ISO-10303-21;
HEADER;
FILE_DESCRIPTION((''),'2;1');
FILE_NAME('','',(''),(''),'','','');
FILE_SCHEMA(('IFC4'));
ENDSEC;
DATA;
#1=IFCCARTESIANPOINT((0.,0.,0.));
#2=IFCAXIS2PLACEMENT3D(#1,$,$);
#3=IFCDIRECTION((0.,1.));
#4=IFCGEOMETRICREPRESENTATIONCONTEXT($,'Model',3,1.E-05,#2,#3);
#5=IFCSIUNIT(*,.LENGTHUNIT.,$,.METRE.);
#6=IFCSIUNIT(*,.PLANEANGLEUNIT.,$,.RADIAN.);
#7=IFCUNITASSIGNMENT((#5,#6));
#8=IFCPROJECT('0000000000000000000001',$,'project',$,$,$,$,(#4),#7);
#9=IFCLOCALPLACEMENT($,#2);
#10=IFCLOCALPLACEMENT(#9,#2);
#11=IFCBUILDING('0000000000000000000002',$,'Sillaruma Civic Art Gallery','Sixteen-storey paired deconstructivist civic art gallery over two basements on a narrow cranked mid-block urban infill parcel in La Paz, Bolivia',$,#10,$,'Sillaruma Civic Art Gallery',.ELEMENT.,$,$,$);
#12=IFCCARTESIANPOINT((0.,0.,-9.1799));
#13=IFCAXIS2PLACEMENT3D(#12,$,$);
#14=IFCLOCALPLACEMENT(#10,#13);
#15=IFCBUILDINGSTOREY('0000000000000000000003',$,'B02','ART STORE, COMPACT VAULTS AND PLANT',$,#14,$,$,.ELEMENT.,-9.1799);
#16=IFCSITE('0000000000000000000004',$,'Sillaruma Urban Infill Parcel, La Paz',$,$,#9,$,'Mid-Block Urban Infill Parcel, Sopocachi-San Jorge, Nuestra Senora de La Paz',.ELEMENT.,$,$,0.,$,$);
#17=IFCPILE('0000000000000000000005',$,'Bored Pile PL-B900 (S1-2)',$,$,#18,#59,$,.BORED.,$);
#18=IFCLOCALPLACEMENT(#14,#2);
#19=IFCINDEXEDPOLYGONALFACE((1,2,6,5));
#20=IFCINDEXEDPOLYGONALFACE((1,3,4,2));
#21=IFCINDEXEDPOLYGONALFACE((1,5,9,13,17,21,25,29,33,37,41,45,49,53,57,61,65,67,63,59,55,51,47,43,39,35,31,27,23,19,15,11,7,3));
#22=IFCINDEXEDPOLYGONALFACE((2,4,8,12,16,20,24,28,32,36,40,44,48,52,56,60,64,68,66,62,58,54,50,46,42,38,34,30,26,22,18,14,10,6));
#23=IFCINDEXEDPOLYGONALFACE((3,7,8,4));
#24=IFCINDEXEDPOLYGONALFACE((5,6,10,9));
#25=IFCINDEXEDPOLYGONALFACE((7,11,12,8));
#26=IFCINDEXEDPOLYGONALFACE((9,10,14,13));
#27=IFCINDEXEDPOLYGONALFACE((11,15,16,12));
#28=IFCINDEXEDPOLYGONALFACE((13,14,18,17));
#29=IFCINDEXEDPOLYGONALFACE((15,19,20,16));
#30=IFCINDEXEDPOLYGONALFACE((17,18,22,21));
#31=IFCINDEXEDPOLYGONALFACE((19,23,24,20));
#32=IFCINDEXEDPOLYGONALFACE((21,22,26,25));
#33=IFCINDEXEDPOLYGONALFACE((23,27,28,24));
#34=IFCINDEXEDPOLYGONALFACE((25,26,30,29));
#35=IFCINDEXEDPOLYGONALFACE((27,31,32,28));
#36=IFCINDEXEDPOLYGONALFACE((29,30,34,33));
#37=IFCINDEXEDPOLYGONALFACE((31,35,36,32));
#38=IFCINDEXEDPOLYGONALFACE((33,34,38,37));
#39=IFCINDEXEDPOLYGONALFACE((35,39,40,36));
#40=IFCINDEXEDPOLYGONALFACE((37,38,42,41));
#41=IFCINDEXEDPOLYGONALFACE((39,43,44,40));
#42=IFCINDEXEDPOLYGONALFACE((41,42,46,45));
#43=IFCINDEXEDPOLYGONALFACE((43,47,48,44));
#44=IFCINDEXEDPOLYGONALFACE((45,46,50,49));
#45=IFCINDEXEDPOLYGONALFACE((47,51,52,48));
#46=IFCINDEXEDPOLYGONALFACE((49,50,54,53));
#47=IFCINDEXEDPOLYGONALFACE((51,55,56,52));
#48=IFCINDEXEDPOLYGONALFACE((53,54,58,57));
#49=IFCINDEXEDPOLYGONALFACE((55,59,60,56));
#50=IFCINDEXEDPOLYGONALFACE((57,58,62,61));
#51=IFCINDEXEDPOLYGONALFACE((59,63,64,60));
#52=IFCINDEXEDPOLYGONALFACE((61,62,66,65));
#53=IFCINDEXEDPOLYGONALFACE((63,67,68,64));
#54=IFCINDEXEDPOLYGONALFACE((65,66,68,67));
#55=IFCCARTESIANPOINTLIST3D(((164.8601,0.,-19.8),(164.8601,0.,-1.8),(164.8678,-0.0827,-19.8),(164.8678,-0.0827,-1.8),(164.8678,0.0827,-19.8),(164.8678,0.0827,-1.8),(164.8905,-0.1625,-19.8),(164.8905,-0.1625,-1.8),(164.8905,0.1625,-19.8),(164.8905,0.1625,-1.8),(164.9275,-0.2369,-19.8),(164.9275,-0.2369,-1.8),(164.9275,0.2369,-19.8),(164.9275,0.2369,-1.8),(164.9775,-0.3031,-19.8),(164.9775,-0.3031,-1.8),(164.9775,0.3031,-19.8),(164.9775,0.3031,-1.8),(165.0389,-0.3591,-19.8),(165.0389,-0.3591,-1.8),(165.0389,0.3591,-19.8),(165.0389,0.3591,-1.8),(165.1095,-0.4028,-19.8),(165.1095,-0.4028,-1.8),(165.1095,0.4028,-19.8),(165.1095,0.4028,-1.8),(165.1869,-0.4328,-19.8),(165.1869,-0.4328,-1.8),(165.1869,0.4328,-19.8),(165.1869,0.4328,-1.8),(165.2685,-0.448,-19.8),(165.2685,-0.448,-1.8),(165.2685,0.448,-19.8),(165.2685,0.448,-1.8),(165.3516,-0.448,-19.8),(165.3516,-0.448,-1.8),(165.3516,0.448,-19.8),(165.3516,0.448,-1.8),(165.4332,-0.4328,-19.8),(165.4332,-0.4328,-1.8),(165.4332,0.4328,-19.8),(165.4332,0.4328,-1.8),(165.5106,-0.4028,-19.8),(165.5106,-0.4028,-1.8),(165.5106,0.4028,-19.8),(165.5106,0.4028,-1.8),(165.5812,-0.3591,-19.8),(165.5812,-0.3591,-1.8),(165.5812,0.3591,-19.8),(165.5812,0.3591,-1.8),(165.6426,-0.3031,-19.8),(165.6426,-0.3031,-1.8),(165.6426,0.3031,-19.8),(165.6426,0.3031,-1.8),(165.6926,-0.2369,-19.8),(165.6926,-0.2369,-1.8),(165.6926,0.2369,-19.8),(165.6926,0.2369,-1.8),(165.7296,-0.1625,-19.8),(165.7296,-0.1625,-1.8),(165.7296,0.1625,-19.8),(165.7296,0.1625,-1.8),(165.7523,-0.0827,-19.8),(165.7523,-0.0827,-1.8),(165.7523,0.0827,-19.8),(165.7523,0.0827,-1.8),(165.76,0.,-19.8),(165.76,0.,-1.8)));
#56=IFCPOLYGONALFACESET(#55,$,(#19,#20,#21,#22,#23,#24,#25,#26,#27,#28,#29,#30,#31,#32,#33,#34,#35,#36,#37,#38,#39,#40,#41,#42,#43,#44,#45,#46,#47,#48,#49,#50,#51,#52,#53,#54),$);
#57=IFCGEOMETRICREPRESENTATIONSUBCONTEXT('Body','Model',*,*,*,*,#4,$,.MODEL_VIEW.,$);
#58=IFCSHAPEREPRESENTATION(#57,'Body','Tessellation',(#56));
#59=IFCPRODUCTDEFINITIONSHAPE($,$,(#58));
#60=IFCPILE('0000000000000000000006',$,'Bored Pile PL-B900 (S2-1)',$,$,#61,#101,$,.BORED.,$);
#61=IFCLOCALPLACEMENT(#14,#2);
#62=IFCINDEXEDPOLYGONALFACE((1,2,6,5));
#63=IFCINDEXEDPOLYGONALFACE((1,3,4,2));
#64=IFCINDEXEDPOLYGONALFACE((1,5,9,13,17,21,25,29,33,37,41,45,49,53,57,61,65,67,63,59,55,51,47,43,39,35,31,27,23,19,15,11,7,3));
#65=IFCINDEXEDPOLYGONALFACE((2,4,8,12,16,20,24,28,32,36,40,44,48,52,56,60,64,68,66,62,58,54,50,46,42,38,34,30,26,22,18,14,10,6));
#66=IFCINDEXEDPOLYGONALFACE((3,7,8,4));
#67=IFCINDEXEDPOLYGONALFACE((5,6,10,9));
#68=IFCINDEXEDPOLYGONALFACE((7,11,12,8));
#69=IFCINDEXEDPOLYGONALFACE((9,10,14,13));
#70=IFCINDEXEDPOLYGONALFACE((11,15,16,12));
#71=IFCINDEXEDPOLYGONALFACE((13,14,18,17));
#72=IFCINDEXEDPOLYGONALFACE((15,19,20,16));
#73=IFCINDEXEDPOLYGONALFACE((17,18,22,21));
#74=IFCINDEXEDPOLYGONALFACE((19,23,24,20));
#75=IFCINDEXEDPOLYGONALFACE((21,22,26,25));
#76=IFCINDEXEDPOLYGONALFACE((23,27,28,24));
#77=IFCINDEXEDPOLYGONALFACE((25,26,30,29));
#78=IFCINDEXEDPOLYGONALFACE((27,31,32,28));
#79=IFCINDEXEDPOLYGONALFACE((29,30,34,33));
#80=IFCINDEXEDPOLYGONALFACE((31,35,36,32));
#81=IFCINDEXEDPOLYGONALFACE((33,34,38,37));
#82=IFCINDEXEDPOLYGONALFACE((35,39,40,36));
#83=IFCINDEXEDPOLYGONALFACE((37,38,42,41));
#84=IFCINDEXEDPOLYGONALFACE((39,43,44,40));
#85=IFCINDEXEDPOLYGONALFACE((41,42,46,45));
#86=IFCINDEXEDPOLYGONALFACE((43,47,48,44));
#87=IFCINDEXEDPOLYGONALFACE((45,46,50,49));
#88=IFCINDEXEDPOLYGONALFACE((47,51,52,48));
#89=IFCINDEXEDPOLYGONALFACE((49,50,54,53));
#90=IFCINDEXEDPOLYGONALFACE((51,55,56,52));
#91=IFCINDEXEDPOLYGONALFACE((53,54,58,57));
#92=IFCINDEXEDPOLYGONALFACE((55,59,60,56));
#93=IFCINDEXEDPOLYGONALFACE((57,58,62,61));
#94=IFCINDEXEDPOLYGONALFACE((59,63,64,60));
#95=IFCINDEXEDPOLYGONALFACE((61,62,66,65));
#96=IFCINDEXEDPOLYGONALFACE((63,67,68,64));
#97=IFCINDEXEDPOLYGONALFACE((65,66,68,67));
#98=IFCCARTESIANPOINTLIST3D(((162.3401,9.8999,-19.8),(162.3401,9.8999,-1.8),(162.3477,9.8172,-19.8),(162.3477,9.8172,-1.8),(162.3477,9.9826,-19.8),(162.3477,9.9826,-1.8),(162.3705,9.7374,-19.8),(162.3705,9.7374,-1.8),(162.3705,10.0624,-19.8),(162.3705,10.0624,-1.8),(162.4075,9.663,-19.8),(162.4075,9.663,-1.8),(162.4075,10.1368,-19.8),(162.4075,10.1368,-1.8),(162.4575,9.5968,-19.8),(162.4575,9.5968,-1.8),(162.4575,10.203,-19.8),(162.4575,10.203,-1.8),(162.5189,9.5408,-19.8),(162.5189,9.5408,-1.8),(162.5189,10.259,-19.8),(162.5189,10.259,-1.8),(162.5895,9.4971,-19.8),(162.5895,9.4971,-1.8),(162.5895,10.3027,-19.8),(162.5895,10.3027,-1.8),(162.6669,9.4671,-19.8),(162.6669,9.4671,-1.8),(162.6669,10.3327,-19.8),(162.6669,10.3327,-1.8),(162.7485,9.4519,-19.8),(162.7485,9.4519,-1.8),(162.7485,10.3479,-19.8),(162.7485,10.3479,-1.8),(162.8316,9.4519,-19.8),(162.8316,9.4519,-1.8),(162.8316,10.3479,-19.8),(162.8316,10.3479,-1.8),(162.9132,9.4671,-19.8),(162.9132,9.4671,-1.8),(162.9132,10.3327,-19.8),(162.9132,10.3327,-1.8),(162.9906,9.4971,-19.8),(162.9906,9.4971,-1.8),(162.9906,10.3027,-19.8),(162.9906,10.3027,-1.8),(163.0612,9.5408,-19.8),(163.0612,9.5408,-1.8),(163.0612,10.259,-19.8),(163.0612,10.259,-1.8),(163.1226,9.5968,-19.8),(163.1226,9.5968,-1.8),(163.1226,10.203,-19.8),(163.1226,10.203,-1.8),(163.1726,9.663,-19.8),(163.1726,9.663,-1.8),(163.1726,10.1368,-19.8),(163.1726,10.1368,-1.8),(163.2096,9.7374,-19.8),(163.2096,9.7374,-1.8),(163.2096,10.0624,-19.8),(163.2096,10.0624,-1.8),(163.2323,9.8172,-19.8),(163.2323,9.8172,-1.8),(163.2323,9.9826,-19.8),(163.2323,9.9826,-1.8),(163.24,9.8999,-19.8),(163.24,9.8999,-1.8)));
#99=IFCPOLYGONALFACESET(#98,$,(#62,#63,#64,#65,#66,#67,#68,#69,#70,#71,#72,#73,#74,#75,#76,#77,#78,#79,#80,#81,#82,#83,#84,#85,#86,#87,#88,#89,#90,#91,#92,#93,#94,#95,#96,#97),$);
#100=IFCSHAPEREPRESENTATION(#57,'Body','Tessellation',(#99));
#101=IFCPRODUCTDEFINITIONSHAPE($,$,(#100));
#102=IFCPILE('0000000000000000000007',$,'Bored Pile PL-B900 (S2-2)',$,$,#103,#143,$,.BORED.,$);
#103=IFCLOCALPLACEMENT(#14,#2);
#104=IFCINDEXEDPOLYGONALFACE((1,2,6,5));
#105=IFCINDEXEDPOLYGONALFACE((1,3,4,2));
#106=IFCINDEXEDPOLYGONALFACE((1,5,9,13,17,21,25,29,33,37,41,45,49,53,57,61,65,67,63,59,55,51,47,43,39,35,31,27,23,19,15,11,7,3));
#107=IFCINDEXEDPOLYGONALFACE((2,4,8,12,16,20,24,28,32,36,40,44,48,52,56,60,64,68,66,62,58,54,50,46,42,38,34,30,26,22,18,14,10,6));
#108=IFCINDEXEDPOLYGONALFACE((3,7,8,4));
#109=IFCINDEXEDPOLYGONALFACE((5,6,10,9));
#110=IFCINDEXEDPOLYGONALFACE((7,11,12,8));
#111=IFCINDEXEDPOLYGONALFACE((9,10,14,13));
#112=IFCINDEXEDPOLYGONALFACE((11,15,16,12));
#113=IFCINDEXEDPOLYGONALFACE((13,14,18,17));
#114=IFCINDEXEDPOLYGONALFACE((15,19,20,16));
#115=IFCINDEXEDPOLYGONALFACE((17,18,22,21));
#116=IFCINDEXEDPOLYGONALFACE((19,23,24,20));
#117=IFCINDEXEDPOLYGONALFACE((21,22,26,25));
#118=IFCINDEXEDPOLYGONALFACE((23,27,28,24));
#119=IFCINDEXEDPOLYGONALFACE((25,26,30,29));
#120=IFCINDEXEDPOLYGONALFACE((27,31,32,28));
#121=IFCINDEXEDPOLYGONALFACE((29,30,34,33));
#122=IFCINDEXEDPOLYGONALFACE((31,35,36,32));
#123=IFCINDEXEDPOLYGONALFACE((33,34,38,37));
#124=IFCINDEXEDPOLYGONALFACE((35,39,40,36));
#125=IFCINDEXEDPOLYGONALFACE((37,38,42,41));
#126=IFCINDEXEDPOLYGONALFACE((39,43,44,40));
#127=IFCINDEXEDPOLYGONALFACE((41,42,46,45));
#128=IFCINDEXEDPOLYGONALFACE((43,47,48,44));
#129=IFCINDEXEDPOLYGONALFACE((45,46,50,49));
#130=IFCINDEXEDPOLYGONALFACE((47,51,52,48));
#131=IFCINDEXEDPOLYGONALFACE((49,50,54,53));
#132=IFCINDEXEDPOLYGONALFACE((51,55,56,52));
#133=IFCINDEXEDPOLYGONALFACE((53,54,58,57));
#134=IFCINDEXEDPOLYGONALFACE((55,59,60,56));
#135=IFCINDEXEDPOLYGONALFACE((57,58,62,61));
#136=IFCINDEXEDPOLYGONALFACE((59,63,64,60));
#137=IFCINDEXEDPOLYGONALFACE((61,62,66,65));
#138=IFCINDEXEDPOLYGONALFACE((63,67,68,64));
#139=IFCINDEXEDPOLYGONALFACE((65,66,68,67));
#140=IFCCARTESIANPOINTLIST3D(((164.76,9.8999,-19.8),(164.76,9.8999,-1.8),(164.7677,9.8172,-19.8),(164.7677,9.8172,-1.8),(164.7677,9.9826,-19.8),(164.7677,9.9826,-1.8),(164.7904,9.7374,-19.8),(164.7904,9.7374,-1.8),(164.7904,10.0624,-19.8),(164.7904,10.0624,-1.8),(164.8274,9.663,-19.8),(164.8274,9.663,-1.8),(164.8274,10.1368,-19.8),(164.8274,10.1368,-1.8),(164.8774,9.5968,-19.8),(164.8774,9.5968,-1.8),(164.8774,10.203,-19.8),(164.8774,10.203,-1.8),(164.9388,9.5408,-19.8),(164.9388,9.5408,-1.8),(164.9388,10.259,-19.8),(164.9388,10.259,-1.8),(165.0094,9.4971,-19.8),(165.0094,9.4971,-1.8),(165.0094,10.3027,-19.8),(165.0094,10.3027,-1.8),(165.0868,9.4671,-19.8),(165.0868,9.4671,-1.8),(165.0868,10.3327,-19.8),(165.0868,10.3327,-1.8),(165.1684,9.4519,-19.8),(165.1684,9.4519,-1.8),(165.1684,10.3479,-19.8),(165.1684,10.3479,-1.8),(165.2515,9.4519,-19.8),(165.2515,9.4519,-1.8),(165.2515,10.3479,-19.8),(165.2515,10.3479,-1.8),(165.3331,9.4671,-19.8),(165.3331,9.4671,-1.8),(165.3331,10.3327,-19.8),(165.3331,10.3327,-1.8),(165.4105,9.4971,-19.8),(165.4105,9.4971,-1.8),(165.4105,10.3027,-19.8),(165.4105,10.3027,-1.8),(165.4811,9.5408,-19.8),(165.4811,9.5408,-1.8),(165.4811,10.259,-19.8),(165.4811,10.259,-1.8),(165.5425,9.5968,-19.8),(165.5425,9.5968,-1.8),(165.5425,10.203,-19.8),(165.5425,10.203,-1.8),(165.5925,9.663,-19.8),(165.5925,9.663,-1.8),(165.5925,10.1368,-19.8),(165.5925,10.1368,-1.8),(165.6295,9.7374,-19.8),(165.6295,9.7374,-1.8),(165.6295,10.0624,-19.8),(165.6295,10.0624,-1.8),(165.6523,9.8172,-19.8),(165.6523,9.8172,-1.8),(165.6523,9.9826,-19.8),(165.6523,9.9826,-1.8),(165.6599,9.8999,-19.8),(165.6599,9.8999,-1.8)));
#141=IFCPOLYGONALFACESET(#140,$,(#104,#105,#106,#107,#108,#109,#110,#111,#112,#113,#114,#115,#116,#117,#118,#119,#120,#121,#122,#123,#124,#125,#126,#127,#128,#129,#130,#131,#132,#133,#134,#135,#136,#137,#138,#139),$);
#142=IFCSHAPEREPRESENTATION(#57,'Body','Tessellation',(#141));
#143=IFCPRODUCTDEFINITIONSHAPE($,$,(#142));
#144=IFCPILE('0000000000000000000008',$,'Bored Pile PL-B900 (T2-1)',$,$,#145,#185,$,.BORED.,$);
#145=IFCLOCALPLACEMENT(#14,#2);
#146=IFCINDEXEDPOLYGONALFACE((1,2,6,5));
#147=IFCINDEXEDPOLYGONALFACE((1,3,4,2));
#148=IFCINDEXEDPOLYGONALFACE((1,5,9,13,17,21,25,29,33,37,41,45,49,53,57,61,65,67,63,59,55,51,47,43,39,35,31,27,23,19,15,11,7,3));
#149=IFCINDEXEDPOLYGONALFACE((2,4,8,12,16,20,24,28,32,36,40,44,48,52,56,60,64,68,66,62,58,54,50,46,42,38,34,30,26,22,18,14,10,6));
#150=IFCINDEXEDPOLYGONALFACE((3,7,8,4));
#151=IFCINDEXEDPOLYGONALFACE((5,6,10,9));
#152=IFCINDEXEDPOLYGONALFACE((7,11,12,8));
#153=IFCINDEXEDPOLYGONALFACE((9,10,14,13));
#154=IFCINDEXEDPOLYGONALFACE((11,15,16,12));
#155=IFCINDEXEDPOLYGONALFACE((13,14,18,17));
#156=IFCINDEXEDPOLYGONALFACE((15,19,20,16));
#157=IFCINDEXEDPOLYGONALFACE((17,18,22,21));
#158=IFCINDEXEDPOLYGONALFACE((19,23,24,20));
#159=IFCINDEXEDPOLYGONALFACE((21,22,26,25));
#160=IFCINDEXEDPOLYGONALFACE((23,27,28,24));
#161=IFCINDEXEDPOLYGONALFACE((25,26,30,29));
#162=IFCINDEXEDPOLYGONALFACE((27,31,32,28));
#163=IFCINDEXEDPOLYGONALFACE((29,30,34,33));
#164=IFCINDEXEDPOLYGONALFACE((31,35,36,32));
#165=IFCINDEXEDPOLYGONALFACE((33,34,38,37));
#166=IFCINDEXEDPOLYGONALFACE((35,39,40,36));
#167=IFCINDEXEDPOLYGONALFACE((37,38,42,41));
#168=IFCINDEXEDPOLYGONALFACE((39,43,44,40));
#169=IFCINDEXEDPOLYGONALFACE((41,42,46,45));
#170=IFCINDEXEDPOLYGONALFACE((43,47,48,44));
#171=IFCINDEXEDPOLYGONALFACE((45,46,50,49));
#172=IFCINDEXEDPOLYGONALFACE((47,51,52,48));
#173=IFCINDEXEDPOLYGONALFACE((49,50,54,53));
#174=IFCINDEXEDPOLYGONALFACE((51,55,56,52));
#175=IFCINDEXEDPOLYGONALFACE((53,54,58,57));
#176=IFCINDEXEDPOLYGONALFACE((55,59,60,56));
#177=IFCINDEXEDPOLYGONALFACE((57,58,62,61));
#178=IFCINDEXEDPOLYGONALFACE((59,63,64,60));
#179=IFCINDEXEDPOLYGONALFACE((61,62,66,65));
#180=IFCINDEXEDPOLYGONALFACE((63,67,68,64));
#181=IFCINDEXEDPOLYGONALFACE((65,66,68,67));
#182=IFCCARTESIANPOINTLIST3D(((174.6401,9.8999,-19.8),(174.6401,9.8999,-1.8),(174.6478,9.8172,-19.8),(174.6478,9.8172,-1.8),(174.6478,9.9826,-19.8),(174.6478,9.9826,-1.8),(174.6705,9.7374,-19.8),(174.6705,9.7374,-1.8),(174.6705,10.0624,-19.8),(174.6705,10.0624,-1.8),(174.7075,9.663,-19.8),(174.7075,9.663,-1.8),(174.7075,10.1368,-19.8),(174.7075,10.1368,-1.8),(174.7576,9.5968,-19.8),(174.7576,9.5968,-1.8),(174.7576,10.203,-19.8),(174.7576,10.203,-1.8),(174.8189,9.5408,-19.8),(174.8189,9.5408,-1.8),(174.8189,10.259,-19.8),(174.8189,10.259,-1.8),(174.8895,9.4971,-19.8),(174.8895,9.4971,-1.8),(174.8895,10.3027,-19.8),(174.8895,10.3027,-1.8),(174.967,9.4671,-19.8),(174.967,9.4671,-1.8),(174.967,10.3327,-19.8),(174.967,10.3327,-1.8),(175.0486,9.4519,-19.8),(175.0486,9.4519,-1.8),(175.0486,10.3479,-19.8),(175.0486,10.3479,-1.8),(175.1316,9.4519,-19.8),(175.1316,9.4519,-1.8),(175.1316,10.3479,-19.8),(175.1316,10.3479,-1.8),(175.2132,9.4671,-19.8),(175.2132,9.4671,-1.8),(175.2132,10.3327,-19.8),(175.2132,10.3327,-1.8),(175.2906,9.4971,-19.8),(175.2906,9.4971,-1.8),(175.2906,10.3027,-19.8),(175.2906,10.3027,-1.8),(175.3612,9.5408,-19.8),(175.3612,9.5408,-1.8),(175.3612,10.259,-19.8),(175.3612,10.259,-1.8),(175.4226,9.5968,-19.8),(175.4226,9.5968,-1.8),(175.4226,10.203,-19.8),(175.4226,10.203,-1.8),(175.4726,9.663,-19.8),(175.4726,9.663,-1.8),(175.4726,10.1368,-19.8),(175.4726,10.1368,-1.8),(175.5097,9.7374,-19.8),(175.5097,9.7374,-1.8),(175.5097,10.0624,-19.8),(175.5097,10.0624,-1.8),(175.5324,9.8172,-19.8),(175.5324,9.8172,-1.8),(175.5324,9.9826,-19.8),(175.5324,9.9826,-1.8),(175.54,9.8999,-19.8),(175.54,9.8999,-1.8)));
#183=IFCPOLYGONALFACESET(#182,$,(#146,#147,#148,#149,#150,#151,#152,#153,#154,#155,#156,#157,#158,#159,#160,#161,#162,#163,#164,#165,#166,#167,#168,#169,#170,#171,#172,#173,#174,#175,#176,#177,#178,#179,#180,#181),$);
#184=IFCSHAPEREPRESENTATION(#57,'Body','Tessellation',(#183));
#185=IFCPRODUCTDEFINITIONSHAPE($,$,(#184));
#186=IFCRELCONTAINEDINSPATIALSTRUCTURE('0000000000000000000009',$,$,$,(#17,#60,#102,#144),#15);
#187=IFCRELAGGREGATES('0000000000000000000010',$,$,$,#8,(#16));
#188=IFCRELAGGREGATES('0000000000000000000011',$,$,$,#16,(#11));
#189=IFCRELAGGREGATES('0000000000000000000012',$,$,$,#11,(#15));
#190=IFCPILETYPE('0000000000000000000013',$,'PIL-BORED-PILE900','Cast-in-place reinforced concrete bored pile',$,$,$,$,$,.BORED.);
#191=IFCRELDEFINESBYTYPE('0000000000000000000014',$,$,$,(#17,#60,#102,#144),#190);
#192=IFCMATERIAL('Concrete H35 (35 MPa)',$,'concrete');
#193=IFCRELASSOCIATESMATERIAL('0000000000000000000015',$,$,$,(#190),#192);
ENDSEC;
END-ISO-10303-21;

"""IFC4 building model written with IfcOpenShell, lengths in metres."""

from ifc_helpers import new_model, si_unit, direction, frame, origin, origin_2d, place, context, subcontext, project, spatial, circle, extrude, material, material_profile, profile_set, type_object, element, save


model = new_model("IFC4")

# Units and contexts
model_context = context("Model", 3, precision=1e-05, world=origin(), true_north=direction((0.0, 1.0)))
body_context = subcontext(model_context, "Body", "Model", "MODEL_VIEW")
ifc_project = project(units=[si_unit("LENGTHUNIT", "METRE"), si_unit("PLANEANGLEUNIT", "RADIAN")], contexts=[model_context])

# Site, building, storey
site_placement = place(None, origin())
site = spatial("IfcSite", under=ifc_project, at=site_placement, Name="Sillaruma Urban Infill Parcel, La Paz", LongName="Mid-Block Urban Infill Parcel, Sopocachi-San Jorge, Nuestra Senora de La Paz", CompositionType="ELEMENT", RefElevation=0.0)
building_placement = place(site_placement, origin())
building = spatial("IfcBuilding", under=site, at=building_placement, Name="Sillaruma Civic Art Gallery", Description="Sixteen-storey paired deconstructivist civic art gallery over two basements on a narrow cranked mid-block urban infill parcel in La Paz, Bolivia", LongName="Sillaruma Civic Art Gallery", CompositionType="ELEMENT")
storey_placement = place(building_placement, frame((0.0, 0.0, -9.1799)))
storey = spatial("IfcBuildingStorey", under=building, at=storey_placement, Name="B02", Description="ART STORE, COMPACT VAULTS AND PLANT", CompositionType="ELEMENT", Elevation=-9.1799)

# Shared definitions
ifc_material_1 = material(Name="Concrete H35 (35 MPa)", Category="concrete")

# Piles
ifc_material_profile_1 = material_profile(ifc_material_1, circle(Radius=0.45, at=origin_2d()), Name="PILE900")
ifc_profile_set_1 = profile_set([ifc_material_profile_1], Name="Concrete H35 (35 MPa)")
pile_type_1 = type_object("IfcPileType", Name="PIL-BORED-PILE900", Description="Cast-in-place reinforced concrete bored pile", PredefinedType="BORED", material=ifc_profile_set_1)
for number, where, z_axis, x_axis, name in (
    (1, (165.3101, 0.0, -1.8), (0.0, 0.0, -1.0), (1.0, 0.0, 0.0), "Bored Pile PL-B900 (S1-2)"),
    (2, (162.79, 9.8999, -1.8), (0.0, 0.0, -1.0), (1.0, 0.0, 0.0), "Bored Pile PL-B900 (S2-1)"),
    (3, (165.21, 9.8999, -1.8), (0.0, 0.0, -1.0), (1.0, 0.0, 0.0), "Bored Pile PL-B900 (S2-2)"),
    (4, (175.0901, 9.8999, -1.8), (0.0, 0.0, -1.0), (1.0, 0.0, 0.0), "Bored Pile PL-B900 (T2-1)"),
):
    element("IfcPile", number, at=place(storey_placement, frame(where, z_axis=z_axis, x_axis=x_axis)), inside=storey, type_object=pile_type_1, Name=name, PredefinedType="BORED", context=body_context, shape_type="SweptSolid", body=[
        extrude(circle(Radius=0.45, at=origin_2d()), origin(), (0.0, 0.0, 1.0), 18.0),
    ])

save(model, "model.ifc")
